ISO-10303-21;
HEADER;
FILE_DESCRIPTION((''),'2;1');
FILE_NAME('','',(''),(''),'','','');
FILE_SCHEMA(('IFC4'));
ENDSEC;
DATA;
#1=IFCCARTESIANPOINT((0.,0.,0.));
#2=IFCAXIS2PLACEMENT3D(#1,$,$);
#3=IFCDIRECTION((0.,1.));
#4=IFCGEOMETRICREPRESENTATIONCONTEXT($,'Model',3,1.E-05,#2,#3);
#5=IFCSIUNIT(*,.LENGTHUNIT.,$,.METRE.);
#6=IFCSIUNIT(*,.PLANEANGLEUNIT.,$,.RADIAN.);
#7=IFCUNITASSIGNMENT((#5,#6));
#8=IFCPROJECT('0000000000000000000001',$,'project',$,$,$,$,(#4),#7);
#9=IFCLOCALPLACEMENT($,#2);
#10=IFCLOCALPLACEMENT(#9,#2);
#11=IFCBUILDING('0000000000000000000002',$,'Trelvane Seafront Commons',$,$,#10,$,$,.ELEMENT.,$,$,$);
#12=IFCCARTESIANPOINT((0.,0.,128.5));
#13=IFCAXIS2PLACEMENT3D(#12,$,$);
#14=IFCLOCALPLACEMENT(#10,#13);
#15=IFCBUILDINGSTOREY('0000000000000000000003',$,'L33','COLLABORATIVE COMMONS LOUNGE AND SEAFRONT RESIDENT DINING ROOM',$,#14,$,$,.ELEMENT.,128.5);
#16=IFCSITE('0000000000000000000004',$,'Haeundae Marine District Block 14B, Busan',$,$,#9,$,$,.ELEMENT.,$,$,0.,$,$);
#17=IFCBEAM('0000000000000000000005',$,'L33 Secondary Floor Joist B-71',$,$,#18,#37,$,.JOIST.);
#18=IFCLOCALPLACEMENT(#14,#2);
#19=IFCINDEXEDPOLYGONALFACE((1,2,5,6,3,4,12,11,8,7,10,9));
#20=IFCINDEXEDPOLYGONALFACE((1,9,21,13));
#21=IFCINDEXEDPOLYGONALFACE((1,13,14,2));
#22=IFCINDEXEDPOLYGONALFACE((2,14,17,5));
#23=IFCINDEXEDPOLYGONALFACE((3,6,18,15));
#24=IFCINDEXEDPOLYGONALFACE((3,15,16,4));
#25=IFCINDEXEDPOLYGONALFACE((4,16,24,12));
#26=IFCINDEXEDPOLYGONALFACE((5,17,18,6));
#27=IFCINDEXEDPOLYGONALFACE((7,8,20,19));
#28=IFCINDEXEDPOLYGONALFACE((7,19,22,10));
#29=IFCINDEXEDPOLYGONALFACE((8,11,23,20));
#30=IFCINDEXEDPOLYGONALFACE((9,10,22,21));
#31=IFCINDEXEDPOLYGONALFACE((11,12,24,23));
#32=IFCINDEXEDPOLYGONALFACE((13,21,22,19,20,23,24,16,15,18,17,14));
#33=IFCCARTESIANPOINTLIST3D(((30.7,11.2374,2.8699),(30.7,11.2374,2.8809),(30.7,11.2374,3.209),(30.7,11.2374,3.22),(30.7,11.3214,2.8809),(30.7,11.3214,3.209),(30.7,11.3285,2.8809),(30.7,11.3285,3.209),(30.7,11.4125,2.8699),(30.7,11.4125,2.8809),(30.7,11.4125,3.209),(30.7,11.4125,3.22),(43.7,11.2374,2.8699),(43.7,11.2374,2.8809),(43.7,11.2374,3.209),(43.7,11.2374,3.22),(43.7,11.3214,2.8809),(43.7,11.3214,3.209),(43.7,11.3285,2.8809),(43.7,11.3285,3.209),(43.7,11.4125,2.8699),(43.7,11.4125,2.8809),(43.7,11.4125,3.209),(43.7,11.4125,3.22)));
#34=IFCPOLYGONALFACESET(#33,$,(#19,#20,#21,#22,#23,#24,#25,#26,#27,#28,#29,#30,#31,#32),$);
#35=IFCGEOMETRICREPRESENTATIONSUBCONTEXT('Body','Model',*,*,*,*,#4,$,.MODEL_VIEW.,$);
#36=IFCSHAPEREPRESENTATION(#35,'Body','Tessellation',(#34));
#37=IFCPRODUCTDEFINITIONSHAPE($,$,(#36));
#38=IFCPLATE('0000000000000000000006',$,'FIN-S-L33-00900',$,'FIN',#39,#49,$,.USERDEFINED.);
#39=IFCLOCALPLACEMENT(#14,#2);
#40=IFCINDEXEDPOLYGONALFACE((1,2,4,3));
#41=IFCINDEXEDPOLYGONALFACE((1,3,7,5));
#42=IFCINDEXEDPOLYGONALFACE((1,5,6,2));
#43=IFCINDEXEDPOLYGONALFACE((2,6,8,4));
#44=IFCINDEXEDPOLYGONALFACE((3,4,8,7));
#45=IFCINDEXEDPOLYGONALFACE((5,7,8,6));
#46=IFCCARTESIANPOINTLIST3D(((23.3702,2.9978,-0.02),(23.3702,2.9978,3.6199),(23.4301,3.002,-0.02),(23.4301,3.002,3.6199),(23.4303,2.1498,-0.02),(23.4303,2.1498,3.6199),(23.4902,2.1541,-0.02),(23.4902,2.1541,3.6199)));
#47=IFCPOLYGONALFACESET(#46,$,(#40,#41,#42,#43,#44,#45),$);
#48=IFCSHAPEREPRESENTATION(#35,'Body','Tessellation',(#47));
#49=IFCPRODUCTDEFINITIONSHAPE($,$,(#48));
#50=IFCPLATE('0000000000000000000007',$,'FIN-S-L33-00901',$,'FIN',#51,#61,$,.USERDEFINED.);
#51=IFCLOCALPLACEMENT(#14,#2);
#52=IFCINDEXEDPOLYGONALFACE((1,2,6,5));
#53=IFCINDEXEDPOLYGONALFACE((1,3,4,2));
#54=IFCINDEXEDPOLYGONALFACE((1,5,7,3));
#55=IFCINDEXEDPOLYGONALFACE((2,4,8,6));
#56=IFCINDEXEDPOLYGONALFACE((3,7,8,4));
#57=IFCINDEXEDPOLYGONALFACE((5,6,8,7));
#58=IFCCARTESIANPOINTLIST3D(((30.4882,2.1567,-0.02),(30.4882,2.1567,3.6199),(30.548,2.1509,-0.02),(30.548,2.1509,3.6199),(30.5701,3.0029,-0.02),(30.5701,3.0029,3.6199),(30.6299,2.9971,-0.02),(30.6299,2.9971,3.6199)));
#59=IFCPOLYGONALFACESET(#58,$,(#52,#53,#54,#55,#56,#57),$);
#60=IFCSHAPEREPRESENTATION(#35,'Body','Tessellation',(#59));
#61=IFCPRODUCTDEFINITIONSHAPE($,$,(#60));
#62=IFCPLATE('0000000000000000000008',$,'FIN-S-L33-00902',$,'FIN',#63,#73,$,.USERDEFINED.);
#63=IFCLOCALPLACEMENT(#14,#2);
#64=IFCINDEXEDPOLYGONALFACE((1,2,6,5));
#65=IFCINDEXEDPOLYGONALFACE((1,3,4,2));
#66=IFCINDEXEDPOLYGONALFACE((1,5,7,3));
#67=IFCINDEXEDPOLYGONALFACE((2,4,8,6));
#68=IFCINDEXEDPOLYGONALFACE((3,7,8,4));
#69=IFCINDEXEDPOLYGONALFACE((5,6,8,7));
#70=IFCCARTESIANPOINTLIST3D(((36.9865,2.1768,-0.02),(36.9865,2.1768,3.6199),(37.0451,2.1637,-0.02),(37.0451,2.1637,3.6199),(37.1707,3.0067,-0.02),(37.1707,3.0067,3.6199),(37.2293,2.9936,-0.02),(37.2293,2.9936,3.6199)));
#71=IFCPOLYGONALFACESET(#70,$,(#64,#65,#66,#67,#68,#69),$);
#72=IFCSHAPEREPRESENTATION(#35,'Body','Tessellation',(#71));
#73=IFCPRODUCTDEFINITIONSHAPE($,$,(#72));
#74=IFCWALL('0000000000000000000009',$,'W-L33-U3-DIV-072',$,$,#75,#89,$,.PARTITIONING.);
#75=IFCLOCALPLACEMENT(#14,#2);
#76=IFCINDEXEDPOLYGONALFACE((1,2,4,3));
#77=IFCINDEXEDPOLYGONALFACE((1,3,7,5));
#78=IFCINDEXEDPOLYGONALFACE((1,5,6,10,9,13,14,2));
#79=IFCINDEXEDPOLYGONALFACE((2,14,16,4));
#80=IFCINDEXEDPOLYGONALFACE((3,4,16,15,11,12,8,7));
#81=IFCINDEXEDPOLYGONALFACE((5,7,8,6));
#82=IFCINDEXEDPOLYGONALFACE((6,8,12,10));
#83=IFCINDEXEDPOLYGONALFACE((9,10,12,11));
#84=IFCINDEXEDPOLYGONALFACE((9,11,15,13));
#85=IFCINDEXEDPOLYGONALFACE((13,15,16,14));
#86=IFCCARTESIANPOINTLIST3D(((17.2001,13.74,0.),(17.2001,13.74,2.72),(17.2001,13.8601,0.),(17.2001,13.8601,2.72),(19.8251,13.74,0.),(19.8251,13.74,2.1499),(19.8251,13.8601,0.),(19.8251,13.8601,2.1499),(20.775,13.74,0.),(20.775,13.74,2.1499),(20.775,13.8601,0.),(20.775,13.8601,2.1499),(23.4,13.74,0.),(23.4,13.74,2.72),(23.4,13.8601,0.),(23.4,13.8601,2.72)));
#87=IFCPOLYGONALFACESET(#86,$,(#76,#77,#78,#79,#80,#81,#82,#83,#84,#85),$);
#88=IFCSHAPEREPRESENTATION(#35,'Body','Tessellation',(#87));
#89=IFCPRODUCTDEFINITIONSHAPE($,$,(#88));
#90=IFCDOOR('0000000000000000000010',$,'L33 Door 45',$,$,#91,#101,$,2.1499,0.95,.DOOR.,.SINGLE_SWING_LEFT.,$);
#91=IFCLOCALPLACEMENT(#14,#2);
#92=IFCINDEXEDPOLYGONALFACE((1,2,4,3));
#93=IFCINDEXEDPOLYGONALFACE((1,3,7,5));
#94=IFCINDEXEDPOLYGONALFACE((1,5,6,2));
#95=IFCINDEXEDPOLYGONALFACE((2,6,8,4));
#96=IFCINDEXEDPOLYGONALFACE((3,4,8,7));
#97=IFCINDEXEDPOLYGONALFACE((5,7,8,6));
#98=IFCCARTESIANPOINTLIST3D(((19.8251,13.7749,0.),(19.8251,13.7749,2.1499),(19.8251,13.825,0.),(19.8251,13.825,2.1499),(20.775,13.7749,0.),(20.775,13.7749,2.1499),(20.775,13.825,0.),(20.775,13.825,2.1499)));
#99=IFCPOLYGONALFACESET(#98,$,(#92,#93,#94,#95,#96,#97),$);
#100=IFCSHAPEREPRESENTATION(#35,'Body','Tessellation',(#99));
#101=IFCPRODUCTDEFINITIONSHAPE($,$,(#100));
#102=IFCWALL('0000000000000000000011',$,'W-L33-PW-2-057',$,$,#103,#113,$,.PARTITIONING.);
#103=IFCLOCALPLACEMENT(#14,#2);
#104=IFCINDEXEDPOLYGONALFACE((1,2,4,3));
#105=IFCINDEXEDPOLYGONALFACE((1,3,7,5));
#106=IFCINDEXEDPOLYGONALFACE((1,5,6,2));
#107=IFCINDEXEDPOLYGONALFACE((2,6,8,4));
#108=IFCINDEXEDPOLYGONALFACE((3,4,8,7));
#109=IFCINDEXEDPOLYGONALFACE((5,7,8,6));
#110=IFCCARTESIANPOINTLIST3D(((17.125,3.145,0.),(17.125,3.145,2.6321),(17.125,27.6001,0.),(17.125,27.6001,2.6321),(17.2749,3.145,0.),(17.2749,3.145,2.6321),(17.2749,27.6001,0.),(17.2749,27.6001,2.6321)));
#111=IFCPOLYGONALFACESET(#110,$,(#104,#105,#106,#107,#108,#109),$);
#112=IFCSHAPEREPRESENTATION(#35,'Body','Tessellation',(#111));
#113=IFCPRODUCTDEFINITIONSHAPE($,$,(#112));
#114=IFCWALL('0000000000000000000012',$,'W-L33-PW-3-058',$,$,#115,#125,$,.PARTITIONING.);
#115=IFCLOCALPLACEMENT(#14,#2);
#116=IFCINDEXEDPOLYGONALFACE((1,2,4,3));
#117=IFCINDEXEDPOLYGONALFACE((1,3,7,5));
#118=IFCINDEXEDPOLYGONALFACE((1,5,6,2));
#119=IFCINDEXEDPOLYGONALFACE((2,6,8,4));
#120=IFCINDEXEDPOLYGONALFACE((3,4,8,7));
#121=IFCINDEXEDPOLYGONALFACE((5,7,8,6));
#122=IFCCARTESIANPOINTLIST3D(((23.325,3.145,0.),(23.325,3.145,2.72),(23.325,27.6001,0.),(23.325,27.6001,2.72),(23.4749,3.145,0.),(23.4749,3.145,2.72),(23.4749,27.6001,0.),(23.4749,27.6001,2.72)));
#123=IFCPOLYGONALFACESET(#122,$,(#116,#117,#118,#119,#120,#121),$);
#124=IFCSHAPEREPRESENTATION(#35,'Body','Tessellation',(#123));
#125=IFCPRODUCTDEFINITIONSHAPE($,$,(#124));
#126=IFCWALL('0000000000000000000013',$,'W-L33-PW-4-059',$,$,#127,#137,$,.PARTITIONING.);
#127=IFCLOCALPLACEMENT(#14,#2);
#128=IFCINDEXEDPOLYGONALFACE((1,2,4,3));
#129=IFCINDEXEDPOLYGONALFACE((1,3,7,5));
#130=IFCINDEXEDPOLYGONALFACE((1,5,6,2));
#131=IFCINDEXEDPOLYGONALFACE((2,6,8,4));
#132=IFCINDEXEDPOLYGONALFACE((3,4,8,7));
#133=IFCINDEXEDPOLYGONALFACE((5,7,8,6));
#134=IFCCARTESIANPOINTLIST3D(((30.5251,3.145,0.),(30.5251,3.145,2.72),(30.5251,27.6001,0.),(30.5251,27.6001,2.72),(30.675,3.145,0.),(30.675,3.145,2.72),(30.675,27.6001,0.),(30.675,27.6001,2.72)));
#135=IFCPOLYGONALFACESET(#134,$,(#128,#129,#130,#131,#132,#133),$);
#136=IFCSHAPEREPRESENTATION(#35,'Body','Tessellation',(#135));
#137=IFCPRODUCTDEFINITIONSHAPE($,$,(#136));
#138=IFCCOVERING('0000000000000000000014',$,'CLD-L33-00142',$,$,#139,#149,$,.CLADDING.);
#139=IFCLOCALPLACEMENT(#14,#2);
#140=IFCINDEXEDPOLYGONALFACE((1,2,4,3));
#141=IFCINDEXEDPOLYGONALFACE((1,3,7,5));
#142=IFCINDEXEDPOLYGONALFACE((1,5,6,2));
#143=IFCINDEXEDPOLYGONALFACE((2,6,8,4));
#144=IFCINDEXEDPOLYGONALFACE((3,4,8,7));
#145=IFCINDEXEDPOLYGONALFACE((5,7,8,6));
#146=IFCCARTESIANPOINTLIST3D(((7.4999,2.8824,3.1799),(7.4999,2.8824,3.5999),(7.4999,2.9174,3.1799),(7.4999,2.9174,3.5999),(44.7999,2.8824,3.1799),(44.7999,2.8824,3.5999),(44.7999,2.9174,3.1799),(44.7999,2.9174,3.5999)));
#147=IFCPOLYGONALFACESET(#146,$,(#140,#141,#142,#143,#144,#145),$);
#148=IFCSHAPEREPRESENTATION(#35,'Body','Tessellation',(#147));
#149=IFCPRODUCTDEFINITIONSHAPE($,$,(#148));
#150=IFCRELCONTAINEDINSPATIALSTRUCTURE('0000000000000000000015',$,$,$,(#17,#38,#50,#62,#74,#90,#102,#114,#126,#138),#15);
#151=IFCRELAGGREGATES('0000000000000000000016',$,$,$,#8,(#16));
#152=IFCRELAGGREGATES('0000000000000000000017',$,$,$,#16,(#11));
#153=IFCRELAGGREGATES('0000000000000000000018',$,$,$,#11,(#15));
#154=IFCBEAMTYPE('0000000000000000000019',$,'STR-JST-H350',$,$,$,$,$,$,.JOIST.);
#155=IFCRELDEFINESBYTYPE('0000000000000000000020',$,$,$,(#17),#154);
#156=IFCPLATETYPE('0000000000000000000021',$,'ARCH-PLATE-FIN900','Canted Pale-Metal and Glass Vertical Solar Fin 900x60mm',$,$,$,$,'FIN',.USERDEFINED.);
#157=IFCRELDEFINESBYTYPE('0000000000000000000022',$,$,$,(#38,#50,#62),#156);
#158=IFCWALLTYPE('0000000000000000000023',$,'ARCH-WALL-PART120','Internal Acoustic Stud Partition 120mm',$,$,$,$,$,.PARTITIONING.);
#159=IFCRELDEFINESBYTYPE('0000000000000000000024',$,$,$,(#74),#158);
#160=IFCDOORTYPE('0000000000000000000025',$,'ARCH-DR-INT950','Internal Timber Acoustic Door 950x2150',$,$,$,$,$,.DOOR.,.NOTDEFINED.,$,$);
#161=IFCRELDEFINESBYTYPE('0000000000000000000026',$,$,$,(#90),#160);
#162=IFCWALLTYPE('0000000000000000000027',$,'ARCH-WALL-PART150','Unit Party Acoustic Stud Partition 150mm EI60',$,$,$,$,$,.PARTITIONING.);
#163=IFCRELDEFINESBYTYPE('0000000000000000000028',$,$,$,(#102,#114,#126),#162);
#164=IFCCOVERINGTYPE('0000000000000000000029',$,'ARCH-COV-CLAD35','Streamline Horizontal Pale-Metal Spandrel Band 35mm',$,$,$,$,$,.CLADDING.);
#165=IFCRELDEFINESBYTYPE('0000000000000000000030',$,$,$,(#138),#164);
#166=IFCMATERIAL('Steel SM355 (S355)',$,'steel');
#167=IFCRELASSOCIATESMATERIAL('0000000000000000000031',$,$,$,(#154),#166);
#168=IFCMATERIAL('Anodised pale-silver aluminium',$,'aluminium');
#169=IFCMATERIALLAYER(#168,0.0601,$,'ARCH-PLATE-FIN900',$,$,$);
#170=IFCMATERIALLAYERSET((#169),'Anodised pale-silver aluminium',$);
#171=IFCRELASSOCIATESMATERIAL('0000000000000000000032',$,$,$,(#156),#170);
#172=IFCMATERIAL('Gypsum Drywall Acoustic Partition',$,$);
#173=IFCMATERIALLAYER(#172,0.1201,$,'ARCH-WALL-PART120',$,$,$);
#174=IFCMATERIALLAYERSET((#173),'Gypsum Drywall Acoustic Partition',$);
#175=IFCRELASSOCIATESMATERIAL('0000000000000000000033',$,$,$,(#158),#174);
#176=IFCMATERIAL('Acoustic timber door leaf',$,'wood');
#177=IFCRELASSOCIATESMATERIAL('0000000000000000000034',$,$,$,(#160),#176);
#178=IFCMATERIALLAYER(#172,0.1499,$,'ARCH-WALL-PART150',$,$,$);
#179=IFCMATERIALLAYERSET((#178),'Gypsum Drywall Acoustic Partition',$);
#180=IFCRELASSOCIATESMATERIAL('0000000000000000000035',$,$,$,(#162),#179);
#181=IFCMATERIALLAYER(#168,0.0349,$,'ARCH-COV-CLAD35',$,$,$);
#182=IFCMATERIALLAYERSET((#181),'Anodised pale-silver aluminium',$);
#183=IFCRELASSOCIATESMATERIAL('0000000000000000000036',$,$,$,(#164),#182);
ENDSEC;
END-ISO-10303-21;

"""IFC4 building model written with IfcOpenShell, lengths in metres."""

from ifc_helpers import new_model, si_unit, direction, frame, frame_2d, origin, origin_2d, place, context, subcontext, project, spatial, rectangle, i_section, extrude, source, transform, mapped, material, layer, layer_set, material_profile, profile_set, type_object, element, fill, save


model = new_model("IFC4")

# Units and contexts
model_context = context("Model", 3, precision=1e-05, world=origin(), true_north=direction((0.0, 1.0)))
body_context = subcontext(model_context, "Body", "Model", "MODEL_VIEW")
ifc_project = project(units=[si_unit("LENGTHUNIT", "METRE"), si_unit("PLANEANGLEUNIT", "RADIAN")], contexts=[model_context])

# Site, building, storey
site_placement = place(None, origin())
site = spatial("IfcSite", under=ifc_project, at=site_placement, Name="Haeundae Marine District Block 14B, Busan", CompositionType="ELEMENT", RefElevation=0.0)
building_placement = place(site_placement, origin())
building = spatial("IfcBuilding", under=site, at=building_placement, Name="Trelvane Seafront Commons", CompositionType="ELEMENT")
storey_placement = place(building_placement, frame((0.0, 0.0, 128.5)))
storey = spatial("IfcBuildingStorey", under=building, at=storey_placement, Name="L33", Description="COLLABORATIVE COMMONS LOUNGE AND SEAFRONT RESIDENT DINING ROOM", CompositionType="ELEMENT", Elevation=128.5)

# Shared definitions
ifc_material_1 = material(Name="Steel SM355 (S355)", Category="steel")

# Beam
ifc_material_profile_1 = material_profile(ifc_material_1, i_section(OverallWidth=0.175, OverallDepth=0.3501, WebThickness=0.0071, FlangeThickness=0.011, at=origin_2d()), Name="H-350x175x7x11")
ifc_profile_set_1 = profile_set([ifc_material_profile_1], Name="Steel SM355 (S355)")
beam_type_1 = type_object("IfcBeamType", Name="STR-JST-H350", PredefinedType="JOIST", material=ifc_profile_set_1)
shared_shape_1 = source(origin(), body_context, "Body", "SweptSolid", [
    extrude(i_section(OverallWidth=0.175, OverallDepth=0.3501, WebThickness=0.0071, FlangeThickness=0.011, at=origin_2d()), origin(), (0.0, 0.0, 1.0), 13.0),
])
beam_1_placement = place(storey_placement, frame((30.7, 11.325, 3.0449), z_axis=(1.0, 0.0, 0.0), x_axis=(0.0, 1.0, 0.0)))
element("IfcBeam", 1, at=beam_1_placement, inside=storey, type_object=beam_type_1, Name="L33 Secondary Floor Joist B-71", PredefinedType="JOIST", context=body_context, shape_type="MappedRepresentation", body=[
    mapped(shared_shape_1, transform((0.0, 0.0, 0.0), x_axis=(1.0, 0.0, 0.0), y_axis=(0.0, 1.0, 0.0), z_axis=(0.0, 0.0, 1.0), scale=1.0)),
])

# Plates
ifc_material_2 = material(Name="Anodised pale-silver aluminium", Category="aluminium")
ifc_layer_1 = layer(ifc_material_2, 0.0601, Name="ARCH-PLATE-FIN900")
ifc_layer_set_1 = layer_set([ifc_layer_1], Name="Anodised pale-silver aluminium")
plate_type = type_object("IfcPlateType", Name="ARCH-PLATE-FIN900", Description="Canted Pale-Metal and Glass Vertical Solar Fin 900x60mm", ElementType="FIN", PredefinedType="USERDEFINED", material=ifc_layer_set_1)
shared_shape_2 = source(origin(), body_context, "Body", "SweptSolid", [
    extrude(rectangle(XDim=0.8501, YDim=0.0601, at=origin_2d()), origin(), (0.0, 0.0, 1.0), 3.6399),
])
for number, where, z_axis, x_axis, name in (
    (2, (23.4302, 2.5759, -0.02), (0.0, 0.0, 1.0), (0.070704, -0.997497, 0.0), "FIN-S-L33-00900"),
    (3, (30.5591, 2.5769, -0.02), (0.0, 0.0, 1.0), (-0.096358, -0.995347, 0.0), "FIN-S-L33-00901"),
    (4, (37.1079, 2.5852, -0.02), (0.0, 0.0, 1.0), (-0.216705, -0.976237, 0.0), "FIN-S-L33-00902"),
):
    element("IfcPlate", number, at=place(storey_placement, frame(where, z_axis=z_axis, x_axis=x_axis)), inside=storey, type_object=plate_type, Name=name, ObjectType="FIN", PredefinedType="USERDEFINED", context=body_context, shape_type="MappedRepresentation", body=[
        mapped(shared_shape_2, transform((0.0, 0.0, 0.0), x_axis=(1.0, 0.0, 0.0), y_axis=(0.0, 1.0, 0.0), z_axis=(0.0, 0.0, 1.0), scale=1.0)),
    ])

# Wall, opening, door
ifc_material_3 = material(Name="Gypsum Drywall Acoustic Partition")
ifc_layer_2 = layer(ifc_material_3, 0.1201, Name="ARCH-WALL-PART120")
ifc_layer_set_2 = layer_set([ifc_layer_2], Name="Gypsum Drywall Acoustic Partition")
wall_type_1 = type_object("IfcWallType", Name="ARCH-WALL-PART120", Description="Internal Acoustic Stud Partition 120mm", PredefinedType="PARTITIONING", material=ifc_layer_set_2)
wall_1_placement = place(storey_placement, frame((17.2, 13.8, 0.0), z_axis=(0.0, 0.0, 1.0), x_axis=(1.0, 0.0, 0.0)))
wall_1 = element("IfcWall", 5, at=wall_1_placement, inside=storey, type_object=wall_type_1, Name="W-L33-U3-DIV-072", PredefinedType="PARTITIONING", context=body_context, shape_type="SweptSolid", body=[
    extrude(rectangle(XDim=6.2, YDim=0.1201, at=frame_2d((3.1001, 0.0))), origin(), (0.0, 0.0, 1.0), 2.72),
])
opening_placement = place(wall_1_placement, frame((2.625, 0.0, 0.0)))
opening = element("IfcOpeningElement", 6, at=opening_placement, cuts=wall_1, PredefinedType="OPENING", context=body_context, shape_type="SweptSolid", body=[
    extrude(rectangle(XDim=0.95, YDim=2.1499, at=frame_2d((0.4751, 1.075))), frame((0.0, 0.0701, 0.0), z_axis=(0.0, -1.0, 0.0), x_axis=(1.0, 0.0, 0.0)), (0.0, 0.0, 1.0), 0.1401),
])
ifc_material_4 = material(Name="Acoustic timber door leaf", Category="wood")
door_type = type_object("IfcDoorType", Name="ARCH-DR-INT950", Description="Internal Timber Acoustic Door 950x2150", OperationType="NOTDEFINED", PredefinedType="DOOR", material=ifc_material_4)
shared_shape_3 = source(origin(), body_context, "Body", "SweptSolid", [
    extrude(rectangle(XDim=0.95, YDim=2.1499, at=frame_2d((0.4751, 1.075))), frame((0.0, 0.0249, 0.0), z_axis=(0.0, -1.0, 0.0), x_axis=(1.0, 0.0, 0.0)), (0.0, 0.0, 1.0), 0.05),
])
door_placement = place(opening_placement, origin())
door = element("IfcDoor", 7, at=door_placement, inside=storey, type_object=door_type, Name="L33 Door 45", OperationType="SINGLE_SWING_LEFT", OverallHeight=2.1499, OverallWidth=0.95, PredefinedType="DOOR", context=body_context, shape_type="MappedRepresentation", body=[
    mapped(shared_shape_3, transform((0.0, 0.0, 0.0), x_axis=(1.0, 0.0, 0.0), y_axis=(0.0, 1.0, 0.0), z_axis=(0.0, 0.0, 1.0), scale=1.0)),
])
fill(opening, door)

# Walls
ifc_layer_3 = layer(ifc_material_3, 0.1499, Name="ARCH-WALL-PART150")
ifc_layer_set_3 = layer_set([ifc_layer_3], Name="Gypsum Drywall Acoustic Partition")
wall_type_2 = type_object("IfcWallType", Name="ARCH-WALL-PART150", Description="Unit Party Acoustic Stud Partition 150mm EI60", PredefinedType="PARTITIONING", material=ifc_layer_set_3)
wall_2_placement = place(storey_placement, frame((17.2, 3.145, 0.0), z_axis=(0.0, 0.0, 1.0), x_axis=(0.0, 1.0, 0.0)))
element("IfcWall", 8, at=wall_2_placement, inside=storey, type_object=wall_type_2, Name="W-L33-PW-2-057", PredefinedType="PARTITIONING", context=body_context, shape_type="SweptSolid", body=[
    extrude(rectangle(XDim=24.4551, YDim=0.1499, at=frame_2d((12.2275, 0.0))), origin(), (0.0, 0.0, 1.0), 2.6321),
])
for number, where, z_axis, x_axis, name in (
    (9, (23.3999, 3.145, 0.0), (0.0, 0.0, 1.0), (0.0, 1.0, 0.0), "W-L33-PW-3-058"),
    (10, (30.6001, 3.145, 0.0), (0.0, 0.0, 1.0), (0.0, 1.0, 0.0), "W-L33-PW-4-059"),
):
    element("IfcWall", number, at=place(storey_placement, frame(where, z_axis=z_axis, x_axis=x_axis)), inside=storey, type_object=wall_type_2, Name=name, PredefinedType="PARTITIONING", context=body_context, shape_type="SweptSolid", body=[
        extrude(rectangle(XDim=24.4551, YDim=0.1499, at=frame_2d((12.2275, 0.0))), origin(), (0.0, 0.0, 1.0), 2.72),
    ])

# Covering
ifc_layer_4 = layer(ifc_material_2, 0.0349, Name="ARCH-COV-CLAD35")
ifc_layer_set_4 = layer_set([ifc_layer_4], Name="Anodised pale-silver aluminium")
covering_type = type_object("IfcCoveringType", Name="ARCH-COV-CLAD35", Description="Streamline Horizontal Pale-Metal Spandrel Band 35mm", PredefinedType="CLADDING", material=ifc_layer_set_4)
shared_shape_4 = source(origin(), body_context, "Body", "SweptSolid", [
    extrude(rectangle(XDim=37.3, YDim=0.0349, at=origin_2d()), origin(), (0.0, 0.0, 1.0), 0.4199),
])
covering_placement = place(storey_placement, frame((26.1499, 2.8999, 3.1799), z_axis=(0.0, 0.0, 1.0), x_axis=(-1.0, 0.0, 0.0)))
element("IfcCovering", 11, at=covering_placement, inside=storey, type_object=covering_type, Name="CLD-L33-00142", PredefinedType="CLADDING", context=body_context, shape_type="MappedRepresentation", body=[
    mapped(shared_shape_4, transform((0.0, 0.0, 0.0), x_axis=(1.0, 0.0, 0.0), y_axis=(0.0, 1.0, 0.0), z_axis=(0.0, 0.0, 1.0), scale=1.0)),
])

save(model, "model.ifc")
